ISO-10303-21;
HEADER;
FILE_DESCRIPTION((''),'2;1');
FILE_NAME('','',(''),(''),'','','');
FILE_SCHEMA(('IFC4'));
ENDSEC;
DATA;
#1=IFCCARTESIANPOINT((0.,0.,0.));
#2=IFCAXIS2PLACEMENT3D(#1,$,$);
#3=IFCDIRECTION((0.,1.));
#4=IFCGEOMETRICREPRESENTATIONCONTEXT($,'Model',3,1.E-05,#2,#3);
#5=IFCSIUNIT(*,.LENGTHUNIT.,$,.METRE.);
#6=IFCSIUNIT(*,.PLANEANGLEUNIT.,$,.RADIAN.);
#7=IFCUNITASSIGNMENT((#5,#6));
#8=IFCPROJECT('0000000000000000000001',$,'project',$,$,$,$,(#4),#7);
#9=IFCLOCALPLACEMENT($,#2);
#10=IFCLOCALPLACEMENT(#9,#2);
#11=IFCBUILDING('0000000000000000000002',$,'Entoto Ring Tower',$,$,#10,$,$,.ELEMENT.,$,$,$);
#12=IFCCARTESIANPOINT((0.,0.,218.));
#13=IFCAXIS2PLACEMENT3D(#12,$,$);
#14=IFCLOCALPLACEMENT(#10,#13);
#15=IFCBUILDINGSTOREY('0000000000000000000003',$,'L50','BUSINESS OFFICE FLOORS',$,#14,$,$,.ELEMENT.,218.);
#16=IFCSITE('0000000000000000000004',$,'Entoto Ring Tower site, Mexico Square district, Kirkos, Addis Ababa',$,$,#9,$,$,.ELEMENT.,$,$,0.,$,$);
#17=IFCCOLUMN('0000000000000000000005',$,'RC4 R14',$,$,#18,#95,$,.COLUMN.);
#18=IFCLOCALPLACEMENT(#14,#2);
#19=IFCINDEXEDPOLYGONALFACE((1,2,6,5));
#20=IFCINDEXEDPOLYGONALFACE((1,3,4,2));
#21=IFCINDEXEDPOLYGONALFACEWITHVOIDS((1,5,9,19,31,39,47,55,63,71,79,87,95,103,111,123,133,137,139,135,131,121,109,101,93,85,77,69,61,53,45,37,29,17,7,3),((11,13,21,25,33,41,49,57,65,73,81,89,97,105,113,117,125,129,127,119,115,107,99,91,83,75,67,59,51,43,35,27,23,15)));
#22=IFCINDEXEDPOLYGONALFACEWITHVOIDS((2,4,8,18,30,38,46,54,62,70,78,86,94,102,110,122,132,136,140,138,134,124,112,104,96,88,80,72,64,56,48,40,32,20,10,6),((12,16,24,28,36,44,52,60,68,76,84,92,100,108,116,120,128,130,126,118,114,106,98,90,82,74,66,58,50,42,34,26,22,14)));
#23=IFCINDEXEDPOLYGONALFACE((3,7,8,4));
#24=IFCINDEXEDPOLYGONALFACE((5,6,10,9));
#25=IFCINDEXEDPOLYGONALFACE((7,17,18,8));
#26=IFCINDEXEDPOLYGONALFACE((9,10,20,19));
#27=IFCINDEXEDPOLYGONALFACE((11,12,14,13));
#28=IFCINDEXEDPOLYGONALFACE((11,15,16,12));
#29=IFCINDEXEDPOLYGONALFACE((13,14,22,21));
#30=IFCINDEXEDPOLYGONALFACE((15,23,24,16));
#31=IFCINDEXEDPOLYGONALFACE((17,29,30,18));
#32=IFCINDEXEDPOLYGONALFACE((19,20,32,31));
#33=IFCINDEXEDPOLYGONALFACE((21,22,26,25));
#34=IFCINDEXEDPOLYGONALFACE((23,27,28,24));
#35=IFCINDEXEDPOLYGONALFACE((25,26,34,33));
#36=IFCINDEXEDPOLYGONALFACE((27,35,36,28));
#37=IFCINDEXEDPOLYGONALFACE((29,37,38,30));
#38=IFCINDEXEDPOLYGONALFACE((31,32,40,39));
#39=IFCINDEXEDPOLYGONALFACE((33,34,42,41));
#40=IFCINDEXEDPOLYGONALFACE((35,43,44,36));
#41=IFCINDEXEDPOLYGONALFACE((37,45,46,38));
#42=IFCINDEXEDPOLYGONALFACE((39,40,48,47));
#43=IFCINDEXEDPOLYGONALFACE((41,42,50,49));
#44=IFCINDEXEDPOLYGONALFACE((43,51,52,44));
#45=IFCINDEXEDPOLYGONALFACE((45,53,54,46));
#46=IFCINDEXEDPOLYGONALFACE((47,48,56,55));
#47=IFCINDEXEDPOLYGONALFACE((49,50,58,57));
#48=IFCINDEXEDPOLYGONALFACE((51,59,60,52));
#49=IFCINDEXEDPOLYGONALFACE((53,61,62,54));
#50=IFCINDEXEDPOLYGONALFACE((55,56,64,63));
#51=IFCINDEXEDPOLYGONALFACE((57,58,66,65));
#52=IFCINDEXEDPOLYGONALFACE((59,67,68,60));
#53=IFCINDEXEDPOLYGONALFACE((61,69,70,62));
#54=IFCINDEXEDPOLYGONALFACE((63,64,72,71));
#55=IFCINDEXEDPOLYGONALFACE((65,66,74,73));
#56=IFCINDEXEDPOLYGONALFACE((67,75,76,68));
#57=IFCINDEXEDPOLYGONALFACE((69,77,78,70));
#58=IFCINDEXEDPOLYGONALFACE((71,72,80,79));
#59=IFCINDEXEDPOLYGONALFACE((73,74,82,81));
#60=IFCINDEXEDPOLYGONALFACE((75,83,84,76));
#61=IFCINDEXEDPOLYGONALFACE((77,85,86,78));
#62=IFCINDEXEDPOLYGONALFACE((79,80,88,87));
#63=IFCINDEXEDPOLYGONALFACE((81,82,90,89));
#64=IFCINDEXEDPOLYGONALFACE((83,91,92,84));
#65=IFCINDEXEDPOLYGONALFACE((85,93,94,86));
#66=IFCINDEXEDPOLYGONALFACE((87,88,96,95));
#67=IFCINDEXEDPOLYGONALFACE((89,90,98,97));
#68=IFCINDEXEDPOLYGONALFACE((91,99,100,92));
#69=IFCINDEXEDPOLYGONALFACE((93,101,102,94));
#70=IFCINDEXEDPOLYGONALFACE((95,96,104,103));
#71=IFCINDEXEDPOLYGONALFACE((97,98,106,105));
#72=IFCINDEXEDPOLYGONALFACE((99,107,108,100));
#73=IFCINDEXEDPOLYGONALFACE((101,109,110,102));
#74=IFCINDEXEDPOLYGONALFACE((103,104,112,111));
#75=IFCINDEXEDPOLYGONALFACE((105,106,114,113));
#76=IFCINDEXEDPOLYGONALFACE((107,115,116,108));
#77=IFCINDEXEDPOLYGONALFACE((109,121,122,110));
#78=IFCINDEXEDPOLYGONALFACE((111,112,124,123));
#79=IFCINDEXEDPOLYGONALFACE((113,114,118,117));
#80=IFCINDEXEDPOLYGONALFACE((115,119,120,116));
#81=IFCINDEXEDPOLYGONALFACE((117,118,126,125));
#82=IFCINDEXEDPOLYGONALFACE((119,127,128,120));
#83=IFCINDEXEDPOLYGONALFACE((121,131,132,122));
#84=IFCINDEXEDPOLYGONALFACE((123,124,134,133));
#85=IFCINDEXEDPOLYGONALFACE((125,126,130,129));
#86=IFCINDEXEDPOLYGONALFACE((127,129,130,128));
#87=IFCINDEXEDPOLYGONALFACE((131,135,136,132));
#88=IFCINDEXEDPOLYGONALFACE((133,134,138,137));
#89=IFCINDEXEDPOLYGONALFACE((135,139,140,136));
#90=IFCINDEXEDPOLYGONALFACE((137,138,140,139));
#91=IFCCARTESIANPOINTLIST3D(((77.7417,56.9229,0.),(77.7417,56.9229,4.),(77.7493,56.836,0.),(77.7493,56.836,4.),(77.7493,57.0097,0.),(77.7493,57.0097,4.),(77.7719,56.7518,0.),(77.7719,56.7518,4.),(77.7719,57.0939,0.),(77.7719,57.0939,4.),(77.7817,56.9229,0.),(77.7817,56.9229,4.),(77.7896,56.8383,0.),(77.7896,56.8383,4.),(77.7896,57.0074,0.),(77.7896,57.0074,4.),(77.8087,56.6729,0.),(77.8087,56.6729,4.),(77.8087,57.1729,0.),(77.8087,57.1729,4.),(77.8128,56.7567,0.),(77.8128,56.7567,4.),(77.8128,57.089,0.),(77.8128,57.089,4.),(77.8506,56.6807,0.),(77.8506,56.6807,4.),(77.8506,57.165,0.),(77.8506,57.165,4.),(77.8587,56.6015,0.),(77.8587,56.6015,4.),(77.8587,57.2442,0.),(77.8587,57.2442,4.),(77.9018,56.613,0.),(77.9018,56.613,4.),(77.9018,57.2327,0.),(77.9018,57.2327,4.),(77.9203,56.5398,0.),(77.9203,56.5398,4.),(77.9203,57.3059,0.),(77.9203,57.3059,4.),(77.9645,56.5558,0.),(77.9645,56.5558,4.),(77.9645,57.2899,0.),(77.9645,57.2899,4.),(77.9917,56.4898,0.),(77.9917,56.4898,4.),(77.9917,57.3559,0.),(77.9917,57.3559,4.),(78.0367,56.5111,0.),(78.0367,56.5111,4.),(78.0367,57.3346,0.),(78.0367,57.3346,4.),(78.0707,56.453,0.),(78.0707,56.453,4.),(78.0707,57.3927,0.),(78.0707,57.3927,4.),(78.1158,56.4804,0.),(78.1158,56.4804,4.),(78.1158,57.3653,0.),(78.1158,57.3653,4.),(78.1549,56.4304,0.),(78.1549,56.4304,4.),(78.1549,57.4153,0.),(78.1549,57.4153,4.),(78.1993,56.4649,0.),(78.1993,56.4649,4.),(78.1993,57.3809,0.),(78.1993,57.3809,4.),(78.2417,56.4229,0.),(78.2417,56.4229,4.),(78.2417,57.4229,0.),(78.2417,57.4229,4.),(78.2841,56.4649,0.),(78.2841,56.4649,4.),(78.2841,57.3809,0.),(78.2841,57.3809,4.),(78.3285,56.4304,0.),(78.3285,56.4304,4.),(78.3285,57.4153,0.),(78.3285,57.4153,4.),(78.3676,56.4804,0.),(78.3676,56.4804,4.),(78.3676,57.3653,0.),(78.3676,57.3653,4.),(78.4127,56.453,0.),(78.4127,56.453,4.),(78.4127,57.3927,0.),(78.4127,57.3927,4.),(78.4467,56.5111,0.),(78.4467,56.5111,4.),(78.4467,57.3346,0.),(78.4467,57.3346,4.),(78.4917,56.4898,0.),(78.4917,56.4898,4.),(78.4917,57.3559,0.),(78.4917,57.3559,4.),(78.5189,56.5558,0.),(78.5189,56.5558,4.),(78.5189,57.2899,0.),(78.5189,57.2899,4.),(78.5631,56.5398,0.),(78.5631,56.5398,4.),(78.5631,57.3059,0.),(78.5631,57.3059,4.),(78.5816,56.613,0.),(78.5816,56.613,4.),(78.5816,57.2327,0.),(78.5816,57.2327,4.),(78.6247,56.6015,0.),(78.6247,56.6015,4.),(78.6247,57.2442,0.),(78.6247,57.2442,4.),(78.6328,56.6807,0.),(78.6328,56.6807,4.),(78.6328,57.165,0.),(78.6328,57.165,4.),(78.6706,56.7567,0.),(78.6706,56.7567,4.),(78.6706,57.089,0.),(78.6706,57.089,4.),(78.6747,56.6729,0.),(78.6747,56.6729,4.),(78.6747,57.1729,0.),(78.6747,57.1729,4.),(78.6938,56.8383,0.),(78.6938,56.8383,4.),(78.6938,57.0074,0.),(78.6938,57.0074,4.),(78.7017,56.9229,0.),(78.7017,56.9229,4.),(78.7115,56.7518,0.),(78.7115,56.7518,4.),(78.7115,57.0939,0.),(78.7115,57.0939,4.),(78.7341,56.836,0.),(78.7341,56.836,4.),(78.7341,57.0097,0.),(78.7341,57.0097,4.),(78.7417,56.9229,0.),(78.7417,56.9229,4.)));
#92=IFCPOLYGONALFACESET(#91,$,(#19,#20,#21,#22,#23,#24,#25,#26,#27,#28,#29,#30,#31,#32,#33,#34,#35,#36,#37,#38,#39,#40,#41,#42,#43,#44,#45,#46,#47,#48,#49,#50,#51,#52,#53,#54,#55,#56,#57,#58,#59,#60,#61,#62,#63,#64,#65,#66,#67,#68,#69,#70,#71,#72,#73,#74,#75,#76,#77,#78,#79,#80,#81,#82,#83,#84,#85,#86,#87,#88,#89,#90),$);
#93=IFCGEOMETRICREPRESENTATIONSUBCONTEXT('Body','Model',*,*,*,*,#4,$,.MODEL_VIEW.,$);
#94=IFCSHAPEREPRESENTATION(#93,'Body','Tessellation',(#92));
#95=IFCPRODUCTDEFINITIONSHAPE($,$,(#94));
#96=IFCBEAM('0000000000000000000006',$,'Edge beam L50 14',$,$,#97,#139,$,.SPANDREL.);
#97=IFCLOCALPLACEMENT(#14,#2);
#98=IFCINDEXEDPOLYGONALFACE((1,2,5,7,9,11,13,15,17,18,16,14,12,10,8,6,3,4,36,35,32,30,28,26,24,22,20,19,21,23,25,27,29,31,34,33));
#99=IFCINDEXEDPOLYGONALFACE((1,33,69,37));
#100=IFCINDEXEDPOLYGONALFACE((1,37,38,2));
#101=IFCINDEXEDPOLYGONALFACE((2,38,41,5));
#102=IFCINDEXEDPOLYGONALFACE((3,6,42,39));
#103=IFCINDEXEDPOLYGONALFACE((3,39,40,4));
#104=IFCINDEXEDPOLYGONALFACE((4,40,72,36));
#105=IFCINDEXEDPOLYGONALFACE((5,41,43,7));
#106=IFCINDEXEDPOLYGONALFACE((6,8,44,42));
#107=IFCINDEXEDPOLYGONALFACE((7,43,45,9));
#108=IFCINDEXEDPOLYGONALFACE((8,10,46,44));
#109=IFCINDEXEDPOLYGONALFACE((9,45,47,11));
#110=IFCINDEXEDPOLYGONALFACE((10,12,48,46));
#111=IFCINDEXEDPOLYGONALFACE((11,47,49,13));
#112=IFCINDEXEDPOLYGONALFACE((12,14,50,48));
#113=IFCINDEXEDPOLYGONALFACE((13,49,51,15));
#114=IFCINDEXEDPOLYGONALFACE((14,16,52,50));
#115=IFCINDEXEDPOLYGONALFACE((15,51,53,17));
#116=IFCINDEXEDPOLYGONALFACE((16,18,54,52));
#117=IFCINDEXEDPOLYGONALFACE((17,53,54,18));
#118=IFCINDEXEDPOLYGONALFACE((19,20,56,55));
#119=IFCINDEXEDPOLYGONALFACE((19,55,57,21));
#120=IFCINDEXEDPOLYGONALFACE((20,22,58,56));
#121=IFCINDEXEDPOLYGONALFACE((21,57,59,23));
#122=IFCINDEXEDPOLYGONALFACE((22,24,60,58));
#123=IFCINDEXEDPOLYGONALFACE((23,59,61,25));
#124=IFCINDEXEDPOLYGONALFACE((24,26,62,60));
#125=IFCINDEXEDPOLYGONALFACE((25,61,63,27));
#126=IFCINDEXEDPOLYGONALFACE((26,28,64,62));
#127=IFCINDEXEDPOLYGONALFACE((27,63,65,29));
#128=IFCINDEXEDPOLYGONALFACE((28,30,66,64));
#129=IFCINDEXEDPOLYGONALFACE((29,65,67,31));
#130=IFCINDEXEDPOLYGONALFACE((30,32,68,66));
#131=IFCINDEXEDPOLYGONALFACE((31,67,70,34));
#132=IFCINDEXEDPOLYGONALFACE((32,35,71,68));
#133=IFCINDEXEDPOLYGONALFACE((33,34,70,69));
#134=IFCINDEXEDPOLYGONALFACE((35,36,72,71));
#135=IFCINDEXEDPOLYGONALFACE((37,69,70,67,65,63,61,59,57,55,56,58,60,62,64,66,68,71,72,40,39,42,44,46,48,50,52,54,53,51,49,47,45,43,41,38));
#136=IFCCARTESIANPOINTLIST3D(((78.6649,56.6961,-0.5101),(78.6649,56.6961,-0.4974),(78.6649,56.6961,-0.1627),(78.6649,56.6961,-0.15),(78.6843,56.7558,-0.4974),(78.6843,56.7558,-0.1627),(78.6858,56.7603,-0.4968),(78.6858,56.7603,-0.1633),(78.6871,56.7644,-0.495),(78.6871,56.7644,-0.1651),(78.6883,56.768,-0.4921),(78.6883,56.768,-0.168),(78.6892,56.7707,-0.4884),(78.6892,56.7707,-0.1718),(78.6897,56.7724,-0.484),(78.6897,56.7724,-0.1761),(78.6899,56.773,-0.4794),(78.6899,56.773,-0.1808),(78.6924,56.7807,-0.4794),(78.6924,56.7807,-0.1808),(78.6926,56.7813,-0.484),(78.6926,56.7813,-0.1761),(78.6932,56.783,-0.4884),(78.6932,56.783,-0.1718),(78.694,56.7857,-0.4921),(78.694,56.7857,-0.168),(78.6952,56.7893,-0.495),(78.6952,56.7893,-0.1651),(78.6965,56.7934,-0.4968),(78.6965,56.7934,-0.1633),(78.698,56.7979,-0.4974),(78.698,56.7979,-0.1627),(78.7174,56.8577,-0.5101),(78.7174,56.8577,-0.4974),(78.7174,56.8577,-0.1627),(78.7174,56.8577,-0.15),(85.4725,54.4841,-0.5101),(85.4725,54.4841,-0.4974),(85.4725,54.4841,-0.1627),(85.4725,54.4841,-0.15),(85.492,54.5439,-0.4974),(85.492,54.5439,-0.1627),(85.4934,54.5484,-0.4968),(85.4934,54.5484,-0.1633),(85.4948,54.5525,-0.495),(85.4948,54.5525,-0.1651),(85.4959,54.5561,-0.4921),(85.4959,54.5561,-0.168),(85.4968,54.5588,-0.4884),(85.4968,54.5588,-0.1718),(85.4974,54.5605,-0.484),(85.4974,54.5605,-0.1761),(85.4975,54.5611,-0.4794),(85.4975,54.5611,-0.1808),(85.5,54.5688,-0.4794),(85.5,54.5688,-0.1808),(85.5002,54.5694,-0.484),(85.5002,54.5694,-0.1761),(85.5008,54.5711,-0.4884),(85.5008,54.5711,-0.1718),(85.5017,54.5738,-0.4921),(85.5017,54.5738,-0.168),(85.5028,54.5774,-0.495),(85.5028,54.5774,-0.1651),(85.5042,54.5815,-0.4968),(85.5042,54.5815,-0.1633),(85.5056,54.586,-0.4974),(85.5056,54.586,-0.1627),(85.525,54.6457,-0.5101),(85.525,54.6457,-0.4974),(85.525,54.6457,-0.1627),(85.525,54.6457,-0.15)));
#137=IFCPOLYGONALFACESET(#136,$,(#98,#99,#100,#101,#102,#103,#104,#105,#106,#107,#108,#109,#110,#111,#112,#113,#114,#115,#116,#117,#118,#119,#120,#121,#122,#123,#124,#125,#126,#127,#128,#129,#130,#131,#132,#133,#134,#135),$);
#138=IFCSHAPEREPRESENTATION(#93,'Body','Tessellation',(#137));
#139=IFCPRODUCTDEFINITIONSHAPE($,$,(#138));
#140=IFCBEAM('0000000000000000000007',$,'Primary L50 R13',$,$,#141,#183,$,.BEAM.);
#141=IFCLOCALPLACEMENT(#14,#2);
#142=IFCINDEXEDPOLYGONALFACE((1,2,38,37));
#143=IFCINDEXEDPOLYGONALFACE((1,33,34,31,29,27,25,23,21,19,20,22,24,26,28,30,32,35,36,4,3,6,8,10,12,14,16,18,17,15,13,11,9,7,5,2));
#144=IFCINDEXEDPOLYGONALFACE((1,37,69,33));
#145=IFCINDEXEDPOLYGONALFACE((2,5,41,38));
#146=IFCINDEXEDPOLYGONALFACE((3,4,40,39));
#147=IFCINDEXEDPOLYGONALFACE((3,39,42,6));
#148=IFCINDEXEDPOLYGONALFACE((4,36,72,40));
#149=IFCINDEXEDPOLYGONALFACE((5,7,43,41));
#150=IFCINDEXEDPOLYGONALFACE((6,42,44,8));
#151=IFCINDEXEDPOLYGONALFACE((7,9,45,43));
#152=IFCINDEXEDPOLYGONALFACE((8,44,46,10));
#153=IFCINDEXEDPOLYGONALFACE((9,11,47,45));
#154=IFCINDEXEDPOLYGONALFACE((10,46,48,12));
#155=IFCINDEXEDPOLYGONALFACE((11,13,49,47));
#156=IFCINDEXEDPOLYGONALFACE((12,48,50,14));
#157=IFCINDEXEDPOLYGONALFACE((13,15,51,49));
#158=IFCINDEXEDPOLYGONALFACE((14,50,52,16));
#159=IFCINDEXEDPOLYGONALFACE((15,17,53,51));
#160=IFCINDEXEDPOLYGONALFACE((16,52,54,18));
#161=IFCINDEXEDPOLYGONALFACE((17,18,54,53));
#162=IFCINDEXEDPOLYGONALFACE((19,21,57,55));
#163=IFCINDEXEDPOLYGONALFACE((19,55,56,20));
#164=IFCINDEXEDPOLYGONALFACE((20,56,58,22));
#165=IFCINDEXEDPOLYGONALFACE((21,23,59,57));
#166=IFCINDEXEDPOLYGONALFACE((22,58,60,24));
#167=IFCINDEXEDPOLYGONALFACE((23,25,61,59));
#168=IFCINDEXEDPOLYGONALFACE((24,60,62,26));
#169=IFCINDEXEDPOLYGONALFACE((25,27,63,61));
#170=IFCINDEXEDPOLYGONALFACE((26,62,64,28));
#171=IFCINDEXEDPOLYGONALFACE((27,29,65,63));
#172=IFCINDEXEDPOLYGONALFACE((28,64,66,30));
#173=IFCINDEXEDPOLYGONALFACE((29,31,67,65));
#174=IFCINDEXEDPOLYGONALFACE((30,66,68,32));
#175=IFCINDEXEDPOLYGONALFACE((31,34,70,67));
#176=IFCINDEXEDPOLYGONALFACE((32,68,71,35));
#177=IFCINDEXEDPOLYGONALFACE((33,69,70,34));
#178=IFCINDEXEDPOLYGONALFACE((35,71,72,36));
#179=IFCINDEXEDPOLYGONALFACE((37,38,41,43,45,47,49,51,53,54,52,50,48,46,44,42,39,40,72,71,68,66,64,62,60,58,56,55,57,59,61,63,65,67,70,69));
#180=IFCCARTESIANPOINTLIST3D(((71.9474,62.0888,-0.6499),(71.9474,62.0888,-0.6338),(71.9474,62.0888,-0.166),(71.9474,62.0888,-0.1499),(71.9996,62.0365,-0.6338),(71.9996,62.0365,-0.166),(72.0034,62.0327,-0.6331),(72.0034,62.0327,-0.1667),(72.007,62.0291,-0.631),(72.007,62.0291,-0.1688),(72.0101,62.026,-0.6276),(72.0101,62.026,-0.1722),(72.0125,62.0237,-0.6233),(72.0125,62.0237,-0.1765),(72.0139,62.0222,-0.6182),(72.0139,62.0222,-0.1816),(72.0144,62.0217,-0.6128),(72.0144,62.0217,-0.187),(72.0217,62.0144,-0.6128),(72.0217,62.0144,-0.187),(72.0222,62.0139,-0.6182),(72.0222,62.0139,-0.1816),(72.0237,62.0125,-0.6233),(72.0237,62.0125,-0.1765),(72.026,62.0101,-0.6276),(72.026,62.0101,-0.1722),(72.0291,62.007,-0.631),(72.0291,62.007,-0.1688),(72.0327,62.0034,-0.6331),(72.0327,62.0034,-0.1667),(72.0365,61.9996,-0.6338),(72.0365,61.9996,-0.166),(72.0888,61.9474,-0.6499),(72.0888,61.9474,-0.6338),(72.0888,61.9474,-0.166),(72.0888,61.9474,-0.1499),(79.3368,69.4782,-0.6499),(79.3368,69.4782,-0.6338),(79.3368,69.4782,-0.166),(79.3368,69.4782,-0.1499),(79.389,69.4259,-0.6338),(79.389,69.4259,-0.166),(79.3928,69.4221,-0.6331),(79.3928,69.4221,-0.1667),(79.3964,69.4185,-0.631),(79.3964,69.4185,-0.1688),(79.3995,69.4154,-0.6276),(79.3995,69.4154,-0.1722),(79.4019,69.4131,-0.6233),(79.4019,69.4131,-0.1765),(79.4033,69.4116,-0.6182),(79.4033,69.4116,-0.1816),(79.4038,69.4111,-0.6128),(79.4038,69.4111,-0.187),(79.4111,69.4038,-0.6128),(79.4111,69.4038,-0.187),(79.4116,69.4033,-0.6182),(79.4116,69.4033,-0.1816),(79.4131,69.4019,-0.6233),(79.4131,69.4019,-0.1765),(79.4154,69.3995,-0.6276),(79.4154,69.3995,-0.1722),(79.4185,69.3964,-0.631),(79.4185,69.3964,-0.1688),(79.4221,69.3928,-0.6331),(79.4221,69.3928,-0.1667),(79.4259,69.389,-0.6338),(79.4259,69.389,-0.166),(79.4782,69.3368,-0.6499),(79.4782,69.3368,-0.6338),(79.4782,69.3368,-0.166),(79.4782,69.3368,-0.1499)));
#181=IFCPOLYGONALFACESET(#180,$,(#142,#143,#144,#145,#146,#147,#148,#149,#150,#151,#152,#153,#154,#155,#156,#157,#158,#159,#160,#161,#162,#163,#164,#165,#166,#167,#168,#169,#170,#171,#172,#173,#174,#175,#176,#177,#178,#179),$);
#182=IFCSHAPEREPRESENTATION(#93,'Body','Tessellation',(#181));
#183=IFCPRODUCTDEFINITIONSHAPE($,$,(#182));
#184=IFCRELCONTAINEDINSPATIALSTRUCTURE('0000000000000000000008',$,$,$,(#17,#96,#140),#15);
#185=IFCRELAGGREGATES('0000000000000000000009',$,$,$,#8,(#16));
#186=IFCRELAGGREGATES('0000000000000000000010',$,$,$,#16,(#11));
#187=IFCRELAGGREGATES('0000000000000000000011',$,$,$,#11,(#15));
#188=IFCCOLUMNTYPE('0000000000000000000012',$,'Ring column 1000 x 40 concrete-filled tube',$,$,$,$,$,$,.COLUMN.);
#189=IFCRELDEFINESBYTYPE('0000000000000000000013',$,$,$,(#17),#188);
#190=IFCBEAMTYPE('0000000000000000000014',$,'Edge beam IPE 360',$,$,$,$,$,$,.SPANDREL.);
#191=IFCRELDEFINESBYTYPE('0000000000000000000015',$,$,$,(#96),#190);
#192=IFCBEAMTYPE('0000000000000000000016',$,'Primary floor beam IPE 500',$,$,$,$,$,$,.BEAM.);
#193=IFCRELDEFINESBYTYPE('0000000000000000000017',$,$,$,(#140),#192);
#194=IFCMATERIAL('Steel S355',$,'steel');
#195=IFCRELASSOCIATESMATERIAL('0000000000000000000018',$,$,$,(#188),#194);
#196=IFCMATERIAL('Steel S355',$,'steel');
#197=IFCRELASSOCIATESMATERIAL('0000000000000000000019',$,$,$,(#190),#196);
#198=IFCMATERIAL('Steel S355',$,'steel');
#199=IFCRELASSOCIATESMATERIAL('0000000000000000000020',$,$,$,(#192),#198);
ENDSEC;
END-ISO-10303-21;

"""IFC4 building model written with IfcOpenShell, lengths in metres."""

from ifc_helpers import new_model, si_unit, direction, frame, origin, origin_2d, place, context, subcontext, project, spatial, circle, hollow_circle, i_section, extrude, material, material_profile, profile_set, type_object, element, save


model = new_model("IFC4")

# Units and contexts
model_context = context("Model", 3, precision=1e-05, world=origin(), true_north=direction((0.0, 1.0)))
body_context = subcontext(model_context, "Body", "Model", "MODEL_VIEW")
ifc_project = project(units=[si_unit("LENGTHUNIT", "METRE"), si_unit("PLANEANGLEUNIT", "RADIAN")], contexts=[model_context])

# Site, building, storey
site_placement = place(None, origin())
site = spatial("IfcSite", under=ifc_project, at=site_placement, Name="Entoto Ring Tower site, Mexico Square district, Kirkos, Addis Ababa", CompositionType="ELEMENT", RefElevation=0.0)
building_placement = place(site_placement, origin())
building = spatial("IfcBuilding", under=site, at=building_placement, Name="Entoto Ring Tower", CompositionType="ELEMENT")
storey_placement = place(building_placement, frame((0.0, 0.0, 218.0)))
storey = spatial("IfcBuildingStorey", under=building, at=storey_placement, Name="L50", Description="BUSINESS OFFICE FLOORS", CompositionType="ELEMENT", Elevation=218.0)

# Column
ifc_material_1 = material(Name="Steel S355", Category="steel")
ifc_material_profile_1 = material_profile(ifc_material_1, hollow_circle(Radius=0.5, WallThickness=0.04, at=origin_2d()), Name="CHS 1000 x 40")
ifc_material_2 = material(Name="Concrete C60/75", Category="concrete")
ifc_material_profile_2 = material_profile(ifc_material_2, circle(Radius=0.46, at=origin_2d()), Name="Concrete C60/75 infill")
ifc_profile_set_1 = profile_set([ifc_material_profile_1, ifc_material_profile_2], Name="Steel S355")
column_type = type_object("IfcColumnType", Name="Ring column 1000 x 40 concrete-filled tube", PredefinedType="COLUMN", material=ifc_profile_set_1)
column_placement = place(storey_placement, frame((78.2417, 56.9229, 0.0), z_axis=(0.0, 0.0, 1.0), x_axis=(1.0, 0.0, 0.0)))
element("IfcColumn", 1, at=column_placement, inside=storey, type_object=column_type, Name="RC4 R14", PredefinedType="COLUMN", context=body_context, shape_type="SweptSolid", body=[
    extrude(hollow_circle(Radius=0.5, WallThickness=0.04, at=origin_2d()), origin(), (0.0, 0.0, 1.0), 4.0),
])

# Beams
ifc_material_3 = material(Name="Steel S355", Category="steel")
ifc_material_profile_3 = material_profile(ifc_material_3, i_section(OverallWidth=0.1699, OverallDepth=0.3601, WebThickness=0.0081, FlangeThickness=0.0127, FilletRadius=0.0181, at=origin_2d()), Name="IPE 360")
ifc_profile_set_2 = profile_set([ifc_material_profile_3], Name="Steel S355")
beam_type_1 = type_object("IfcBeamType", Name="Edge beam IPE 360", PredefinedType="SPANDREL", material=ifc_profile_set_2)
beam_1_placement = place(storey_placement, frame((78.6912, 56.7769, -0.3301), z_axis=(0.951057, -0.309015, 0.0), x_axis=(0.309015, 0.951057, 0.0)))
element("IfcBeam", 2, at=beam_1_placement, inside=storey, type_object=beam_type_1, Name="Edge beam L50 14", PredefinedType="SPANDREL", context=body_context, shape_type="SweptSolid", body=[
    extrude(i_section(OverallWidth=0.1699, OverallDepth=0.3601, WebThickness=0.0081, FlangeThickness=0.0127, FilletRadius=0.0181, at=origin_2d()), origin(), (0.0, 0.0, 1.0), 7.158),
])
ifc_material_4 = material(Name="Steel S355", Category="steel")
ifc_material_profile_4 = material_profile(ifc_material_4, i_section(OverallWidth=0.2, OverallDepth=0.5, WebThickness=0.0103, FlangeThickness=0.0161, FilletRadius=0.021, at=origin_2d()), Name="IPE 500")
ifc_profile_set_3 = profile_set([ifc_material_profile_4], Name="Steel S355")
beam_type_2 = type_object("IfcBeamType", Name="Primary floor beam IPE 500", PredefinedType="BEAM", material=ifc_profile_set_3)
beam_2_placement = place(storey_placement, frame((79.4075, 69.4075, -0.3999), z_axis=(-0.707107, -0.707107, 0.0), x_axis=(0.707107, -0.707107, 0.0)))
element("IfcBeam", 3, at=beam_2_placement, inside=storey, type_object=beam_type_2, Name="Primary L50 R13", PredefinedType="BEAM", context=body_context, shape_type="SweptSolid", body=[
    extrude(i_section(OverallWidth=0.2, OverallDepth=0.5, WebThickness=0.0103, FlangeThickness=0.0161, FilletRadius=0.021, at=origin_2d()), origin(), (0.0, 0.0, 1.0), 10.4502),
])

save(model, "model.ifc")
